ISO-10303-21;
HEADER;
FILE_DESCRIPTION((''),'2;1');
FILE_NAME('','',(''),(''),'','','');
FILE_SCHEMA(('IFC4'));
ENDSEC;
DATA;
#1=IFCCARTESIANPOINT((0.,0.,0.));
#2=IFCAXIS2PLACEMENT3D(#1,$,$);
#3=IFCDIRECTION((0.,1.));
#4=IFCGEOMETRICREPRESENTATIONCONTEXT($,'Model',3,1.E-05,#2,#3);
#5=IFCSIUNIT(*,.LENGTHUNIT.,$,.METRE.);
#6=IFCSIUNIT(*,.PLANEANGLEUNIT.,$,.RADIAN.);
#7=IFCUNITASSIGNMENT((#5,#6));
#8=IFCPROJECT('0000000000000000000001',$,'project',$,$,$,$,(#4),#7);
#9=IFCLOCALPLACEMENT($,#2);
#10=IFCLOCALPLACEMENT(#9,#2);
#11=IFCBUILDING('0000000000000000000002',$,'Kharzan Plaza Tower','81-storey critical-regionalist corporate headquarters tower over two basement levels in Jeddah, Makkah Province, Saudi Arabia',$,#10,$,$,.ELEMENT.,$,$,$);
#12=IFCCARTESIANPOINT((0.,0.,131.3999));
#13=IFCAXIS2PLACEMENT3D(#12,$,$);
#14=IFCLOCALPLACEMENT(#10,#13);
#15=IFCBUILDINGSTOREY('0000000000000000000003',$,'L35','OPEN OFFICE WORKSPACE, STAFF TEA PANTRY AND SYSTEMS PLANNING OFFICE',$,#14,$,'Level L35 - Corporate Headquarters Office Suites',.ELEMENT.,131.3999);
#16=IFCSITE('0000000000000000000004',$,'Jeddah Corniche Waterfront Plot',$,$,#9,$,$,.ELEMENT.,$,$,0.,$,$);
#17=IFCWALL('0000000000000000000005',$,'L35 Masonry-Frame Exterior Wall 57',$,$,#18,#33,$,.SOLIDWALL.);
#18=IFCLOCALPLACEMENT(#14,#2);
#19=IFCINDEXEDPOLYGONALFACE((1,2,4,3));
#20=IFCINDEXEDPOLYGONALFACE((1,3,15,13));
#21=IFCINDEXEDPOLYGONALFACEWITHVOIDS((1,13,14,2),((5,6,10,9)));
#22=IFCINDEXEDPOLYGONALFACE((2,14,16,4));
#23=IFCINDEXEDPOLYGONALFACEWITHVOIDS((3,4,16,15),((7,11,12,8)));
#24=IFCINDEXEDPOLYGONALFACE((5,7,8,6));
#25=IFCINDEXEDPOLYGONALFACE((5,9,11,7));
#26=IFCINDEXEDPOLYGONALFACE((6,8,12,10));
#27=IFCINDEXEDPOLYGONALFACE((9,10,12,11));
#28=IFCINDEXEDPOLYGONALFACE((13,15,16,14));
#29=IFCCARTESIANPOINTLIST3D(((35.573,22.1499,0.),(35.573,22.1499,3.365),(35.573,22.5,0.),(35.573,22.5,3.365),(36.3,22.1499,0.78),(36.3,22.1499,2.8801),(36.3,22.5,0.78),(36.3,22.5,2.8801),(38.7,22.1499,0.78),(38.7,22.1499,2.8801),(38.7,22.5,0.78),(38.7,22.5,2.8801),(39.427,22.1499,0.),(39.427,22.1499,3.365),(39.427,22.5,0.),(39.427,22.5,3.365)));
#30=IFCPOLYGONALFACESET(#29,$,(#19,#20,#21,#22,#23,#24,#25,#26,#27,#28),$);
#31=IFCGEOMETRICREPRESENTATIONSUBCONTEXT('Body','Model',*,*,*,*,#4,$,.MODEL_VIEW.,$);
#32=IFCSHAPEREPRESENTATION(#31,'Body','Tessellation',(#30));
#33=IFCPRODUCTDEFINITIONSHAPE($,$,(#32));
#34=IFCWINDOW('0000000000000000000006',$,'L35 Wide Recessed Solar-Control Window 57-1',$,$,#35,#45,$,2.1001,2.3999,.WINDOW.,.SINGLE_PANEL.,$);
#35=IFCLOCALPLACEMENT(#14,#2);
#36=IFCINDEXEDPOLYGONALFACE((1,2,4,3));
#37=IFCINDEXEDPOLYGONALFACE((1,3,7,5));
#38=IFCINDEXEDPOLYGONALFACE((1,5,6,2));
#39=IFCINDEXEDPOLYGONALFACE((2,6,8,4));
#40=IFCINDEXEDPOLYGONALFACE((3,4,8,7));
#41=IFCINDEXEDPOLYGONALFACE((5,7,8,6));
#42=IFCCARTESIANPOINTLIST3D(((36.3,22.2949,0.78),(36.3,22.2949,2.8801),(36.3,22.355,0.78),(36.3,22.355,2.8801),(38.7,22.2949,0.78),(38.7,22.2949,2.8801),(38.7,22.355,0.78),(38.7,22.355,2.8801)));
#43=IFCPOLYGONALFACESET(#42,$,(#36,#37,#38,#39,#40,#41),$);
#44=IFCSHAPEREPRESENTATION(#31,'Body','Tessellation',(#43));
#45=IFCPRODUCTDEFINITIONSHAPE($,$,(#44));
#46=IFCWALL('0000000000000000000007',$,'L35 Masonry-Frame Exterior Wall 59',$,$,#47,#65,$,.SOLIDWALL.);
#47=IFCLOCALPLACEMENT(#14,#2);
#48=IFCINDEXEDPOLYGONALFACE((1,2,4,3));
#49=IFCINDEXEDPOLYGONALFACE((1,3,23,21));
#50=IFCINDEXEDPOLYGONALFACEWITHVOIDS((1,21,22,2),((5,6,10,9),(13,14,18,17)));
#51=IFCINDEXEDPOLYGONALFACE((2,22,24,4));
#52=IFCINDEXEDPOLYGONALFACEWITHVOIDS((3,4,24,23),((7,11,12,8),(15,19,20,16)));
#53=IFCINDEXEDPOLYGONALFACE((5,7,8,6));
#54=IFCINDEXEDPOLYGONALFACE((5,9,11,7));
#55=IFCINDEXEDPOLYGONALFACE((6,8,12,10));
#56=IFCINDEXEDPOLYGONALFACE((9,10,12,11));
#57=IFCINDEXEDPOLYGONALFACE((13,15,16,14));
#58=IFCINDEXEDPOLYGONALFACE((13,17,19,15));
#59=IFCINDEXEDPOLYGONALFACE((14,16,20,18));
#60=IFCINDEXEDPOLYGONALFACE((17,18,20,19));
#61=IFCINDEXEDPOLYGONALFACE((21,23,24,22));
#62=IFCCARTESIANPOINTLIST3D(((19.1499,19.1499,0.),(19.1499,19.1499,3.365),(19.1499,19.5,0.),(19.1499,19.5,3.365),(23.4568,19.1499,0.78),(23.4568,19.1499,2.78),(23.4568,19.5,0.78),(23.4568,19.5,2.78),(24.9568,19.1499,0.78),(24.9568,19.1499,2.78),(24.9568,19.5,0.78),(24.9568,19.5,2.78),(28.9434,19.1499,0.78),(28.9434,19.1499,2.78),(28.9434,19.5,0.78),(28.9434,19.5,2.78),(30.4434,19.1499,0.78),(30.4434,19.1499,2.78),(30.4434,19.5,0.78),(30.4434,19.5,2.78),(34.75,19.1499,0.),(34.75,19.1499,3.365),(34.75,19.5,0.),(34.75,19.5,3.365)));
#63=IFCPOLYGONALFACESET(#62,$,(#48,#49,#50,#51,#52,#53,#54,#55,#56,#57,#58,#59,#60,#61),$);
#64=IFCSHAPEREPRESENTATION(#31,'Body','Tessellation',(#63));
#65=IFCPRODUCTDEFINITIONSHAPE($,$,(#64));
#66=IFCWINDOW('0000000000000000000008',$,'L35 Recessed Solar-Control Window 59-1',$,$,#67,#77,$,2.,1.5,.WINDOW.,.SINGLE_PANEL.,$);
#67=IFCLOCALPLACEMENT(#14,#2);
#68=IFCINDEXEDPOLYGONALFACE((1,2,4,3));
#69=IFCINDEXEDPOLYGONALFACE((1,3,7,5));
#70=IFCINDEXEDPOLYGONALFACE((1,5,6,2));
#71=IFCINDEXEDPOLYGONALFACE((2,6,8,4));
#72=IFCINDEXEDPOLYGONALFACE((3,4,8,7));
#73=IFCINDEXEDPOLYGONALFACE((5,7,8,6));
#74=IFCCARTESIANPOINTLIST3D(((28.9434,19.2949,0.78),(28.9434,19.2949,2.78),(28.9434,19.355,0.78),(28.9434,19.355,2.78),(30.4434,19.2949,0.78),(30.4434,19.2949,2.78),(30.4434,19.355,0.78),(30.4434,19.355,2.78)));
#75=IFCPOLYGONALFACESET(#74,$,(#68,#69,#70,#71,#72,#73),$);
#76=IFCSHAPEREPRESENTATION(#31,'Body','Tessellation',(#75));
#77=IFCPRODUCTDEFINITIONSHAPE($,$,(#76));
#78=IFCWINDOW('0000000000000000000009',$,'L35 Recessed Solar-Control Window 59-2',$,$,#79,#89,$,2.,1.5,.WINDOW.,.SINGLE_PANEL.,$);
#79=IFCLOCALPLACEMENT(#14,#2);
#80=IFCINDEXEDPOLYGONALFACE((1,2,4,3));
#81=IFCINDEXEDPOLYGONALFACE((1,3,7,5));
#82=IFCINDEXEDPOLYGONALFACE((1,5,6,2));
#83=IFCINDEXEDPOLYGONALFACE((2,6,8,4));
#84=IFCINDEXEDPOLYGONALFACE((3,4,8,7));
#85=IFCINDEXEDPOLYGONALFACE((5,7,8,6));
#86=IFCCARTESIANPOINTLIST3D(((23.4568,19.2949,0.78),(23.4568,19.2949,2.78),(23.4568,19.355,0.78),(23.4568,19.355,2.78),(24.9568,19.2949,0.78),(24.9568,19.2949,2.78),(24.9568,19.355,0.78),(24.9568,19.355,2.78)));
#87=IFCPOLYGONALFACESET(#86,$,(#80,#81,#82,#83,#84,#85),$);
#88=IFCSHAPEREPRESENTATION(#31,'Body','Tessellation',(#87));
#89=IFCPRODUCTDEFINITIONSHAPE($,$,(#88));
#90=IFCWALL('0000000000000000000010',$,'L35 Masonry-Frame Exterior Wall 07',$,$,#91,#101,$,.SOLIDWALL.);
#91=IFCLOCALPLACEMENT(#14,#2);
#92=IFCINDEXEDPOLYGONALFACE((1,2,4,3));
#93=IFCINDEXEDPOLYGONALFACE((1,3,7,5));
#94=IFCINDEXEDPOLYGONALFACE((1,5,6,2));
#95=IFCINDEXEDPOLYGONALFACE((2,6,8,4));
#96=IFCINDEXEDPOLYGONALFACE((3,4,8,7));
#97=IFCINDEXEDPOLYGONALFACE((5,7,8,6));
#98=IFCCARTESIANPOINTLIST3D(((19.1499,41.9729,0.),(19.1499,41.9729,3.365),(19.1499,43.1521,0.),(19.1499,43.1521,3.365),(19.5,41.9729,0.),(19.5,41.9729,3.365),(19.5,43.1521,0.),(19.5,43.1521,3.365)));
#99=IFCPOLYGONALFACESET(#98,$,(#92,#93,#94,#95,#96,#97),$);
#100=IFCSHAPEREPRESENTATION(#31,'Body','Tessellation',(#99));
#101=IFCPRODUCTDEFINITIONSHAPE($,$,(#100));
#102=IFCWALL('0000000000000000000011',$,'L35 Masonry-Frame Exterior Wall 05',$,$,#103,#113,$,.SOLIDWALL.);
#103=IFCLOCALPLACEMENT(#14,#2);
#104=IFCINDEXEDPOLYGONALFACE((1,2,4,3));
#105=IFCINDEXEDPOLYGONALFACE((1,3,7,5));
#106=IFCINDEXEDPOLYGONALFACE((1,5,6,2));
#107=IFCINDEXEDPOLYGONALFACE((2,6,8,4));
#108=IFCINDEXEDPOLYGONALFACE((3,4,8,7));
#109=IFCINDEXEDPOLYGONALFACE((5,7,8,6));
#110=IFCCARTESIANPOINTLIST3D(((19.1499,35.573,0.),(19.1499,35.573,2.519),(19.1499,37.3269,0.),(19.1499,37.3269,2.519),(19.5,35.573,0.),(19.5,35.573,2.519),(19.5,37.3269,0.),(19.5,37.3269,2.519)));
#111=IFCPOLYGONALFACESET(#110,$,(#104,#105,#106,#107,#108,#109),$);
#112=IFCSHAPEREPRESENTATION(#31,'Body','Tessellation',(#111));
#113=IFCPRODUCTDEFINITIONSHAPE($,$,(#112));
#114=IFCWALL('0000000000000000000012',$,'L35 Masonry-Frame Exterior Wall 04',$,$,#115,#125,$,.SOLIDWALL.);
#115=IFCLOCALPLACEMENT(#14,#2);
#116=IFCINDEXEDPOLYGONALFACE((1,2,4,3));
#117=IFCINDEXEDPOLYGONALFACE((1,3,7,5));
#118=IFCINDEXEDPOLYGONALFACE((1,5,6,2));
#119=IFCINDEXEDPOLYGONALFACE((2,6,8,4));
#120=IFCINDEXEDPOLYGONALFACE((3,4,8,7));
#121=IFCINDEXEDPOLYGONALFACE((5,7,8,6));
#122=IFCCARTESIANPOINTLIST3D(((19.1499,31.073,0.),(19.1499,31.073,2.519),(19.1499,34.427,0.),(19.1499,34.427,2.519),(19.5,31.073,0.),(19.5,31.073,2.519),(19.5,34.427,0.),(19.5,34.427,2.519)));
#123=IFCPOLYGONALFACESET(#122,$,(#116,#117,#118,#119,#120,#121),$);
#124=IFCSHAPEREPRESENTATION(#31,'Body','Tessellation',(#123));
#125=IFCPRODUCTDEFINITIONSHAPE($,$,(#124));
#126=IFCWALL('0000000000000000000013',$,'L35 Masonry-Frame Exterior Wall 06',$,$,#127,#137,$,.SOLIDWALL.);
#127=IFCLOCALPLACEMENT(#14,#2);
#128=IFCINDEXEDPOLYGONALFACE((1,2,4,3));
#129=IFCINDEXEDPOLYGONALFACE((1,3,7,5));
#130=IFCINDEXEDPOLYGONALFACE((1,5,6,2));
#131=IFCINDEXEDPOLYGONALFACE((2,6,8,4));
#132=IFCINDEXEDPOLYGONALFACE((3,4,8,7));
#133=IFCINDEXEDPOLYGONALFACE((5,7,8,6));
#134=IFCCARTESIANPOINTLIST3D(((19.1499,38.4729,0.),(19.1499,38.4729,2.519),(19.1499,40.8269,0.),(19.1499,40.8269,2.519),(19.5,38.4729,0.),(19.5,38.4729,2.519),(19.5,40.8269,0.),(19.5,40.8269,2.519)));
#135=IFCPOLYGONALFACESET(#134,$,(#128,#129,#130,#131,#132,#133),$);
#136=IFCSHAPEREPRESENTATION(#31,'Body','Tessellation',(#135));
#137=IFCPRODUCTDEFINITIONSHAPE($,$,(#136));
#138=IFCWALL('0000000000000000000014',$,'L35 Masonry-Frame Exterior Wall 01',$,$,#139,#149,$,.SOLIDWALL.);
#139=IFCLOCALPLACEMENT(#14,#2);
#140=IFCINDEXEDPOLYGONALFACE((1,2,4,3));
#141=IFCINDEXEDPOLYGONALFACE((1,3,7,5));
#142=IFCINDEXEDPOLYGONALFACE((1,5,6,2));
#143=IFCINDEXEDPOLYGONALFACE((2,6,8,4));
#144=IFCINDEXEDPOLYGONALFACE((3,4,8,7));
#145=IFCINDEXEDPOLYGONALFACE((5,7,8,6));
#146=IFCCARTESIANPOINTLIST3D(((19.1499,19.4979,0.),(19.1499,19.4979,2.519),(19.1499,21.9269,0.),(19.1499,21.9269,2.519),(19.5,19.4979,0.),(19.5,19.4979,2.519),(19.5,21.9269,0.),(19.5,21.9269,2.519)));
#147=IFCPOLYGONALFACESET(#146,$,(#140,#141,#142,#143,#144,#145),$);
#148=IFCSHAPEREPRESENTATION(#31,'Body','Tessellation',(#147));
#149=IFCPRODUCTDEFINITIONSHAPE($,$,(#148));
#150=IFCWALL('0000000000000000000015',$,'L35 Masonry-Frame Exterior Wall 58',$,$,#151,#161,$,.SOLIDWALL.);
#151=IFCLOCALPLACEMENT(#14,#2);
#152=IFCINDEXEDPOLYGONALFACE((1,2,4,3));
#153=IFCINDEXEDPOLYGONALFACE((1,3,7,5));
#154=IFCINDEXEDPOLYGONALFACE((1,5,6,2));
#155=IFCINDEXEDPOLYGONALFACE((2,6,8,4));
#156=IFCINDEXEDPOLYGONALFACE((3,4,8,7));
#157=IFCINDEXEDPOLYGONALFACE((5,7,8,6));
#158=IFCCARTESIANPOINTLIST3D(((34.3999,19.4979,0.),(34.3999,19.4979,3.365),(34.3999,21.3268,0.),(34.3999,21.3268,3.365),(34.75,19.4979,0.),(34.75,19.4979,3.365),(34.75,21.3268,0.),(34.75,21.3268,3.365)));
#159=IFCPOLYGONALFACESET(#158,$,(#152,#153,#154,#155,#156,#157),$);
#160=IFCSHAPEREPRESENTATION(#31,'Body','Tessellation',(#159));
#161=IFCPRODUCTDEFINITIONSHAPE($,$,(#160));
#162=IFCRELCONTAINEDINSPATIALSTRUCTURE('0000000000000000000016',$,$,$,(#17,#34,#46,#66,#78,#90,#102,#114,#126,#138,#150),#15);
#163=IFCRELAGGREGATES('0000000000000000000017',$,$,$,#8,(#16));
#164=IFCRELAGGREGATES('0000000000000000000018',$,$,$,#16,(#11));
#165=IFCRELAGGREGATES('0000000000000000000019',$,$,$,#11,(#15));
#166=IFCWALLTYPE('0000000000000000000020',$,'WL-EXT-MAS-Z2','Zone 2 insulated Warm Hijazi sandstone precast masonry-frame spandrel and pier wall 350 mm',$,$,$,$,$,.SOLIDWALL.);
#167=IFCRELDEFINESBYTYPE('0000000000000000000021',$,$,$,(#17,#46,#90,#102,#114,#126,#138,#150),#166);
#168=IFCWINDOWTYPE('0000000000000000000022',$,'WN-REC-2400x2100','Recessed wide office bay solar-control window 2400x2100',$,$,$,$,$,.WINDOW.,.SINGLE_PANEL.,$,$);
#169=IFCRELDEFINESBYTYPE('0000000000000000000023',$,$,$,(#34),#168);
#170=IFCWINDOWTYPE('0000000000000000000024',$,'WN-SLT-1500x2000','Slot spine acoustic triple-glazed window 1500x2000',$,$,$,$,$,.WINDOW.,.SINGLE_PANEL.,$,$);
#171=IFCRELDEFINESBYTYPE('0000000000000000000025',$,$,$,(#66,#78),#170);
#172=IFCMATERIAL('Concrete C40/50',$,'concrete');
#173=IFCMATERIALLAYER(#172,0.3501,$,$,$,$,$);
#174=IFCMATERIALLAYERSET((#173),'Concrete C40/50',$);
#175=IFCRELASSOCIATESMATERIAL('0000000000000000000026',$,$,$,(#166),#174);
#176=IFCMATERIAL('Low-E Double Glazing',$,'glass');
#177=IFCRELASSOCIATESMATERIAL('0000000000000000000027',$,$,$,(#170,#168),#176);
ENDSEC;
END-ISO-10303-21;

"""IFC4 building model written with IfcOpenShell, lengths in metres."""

from ifc_helpers import new_model, si_unit, direction, frame, frame_2d, origin, place, context, subcontext, project, spatial, rectangle, extrude, source, transform, mapped, material, layer, layer_set, type_object, element, fill, save


model = new_model("IFC4")

# Units and contexts
model_context = context("Model", 3, precision=1e-05, world=origin(), true_north=direction((0.0, 1.0)))
body_context = subcontext(model_context, "Body", "Model", "MODEL_VIEW")
ifc_project = project(units=[si_unit("LENGTHUNIT", "METRE"), si_unit("PLANEANGLEUNIT", "RADIAN")], contexts=[model_context])

# Site, building, storey
site_placement = place(None, origin())
site = spatial("IfcSite", under=ifc_project, at=site_placement, Name="Jeddah Corniche Waterfront Plot", CompositionType="ELEMENT", RefElevation=0.0)
building_placement = place(site_placement, origin())
building = spatial("IfcBuilding", under=site, at=building_placement, Name="Kharzan Plaza Tower", Description="81-storey critical-regionalist corporate headquarters tower over two basement levels in Jeddah, Makkah Province, Saudi Arabia", CompositionType="ELEMENT")
storey_placement = place(building_placement, frame((0.0, 0.0, 131.3999)))
storey = spatial("IfcBuildingStorey", under=building, at=storey_placement, Name="L35", Description="OPEN OFFICE WORKSPACE, STAFF TEA PANTRY AND SYSTEMS PLANNING OFFICE", LongName="Level L35 - Corporate Headquarters Office Suites", CompositionType="ELEMENT", Elevation=131.3999)

# Wall, opening, window
ifc_material_1 = material(Name="Concrete C40/50", Category="concrete")
ifc_layer_1 = layer(ifc_material_1, 0.3501)
ifc_layer_set_1 = layer_set([ifc_layer_1], Name="Concrete C40/50")
wall_type_1 = type_object("IfcWallType", Name="WL-EXT-MAS-Z2", Description="Zone 2 insulated Warm Hijazi sandstone precast masonry-frame spandrel and pier wall 350 mm", PredefinedType="SOLIDWALL", material=ifc_layer_set_1)
ifc_material_2 = material(Name="Low-E Double Glazing", Category="glass")
window_type_1 = type_object("IfcWindowType", Name="WN-SLT-1500x2000", Description="Slot spine acoustic triple-glazed window 1500x2000", PartitioningType="SINGLE_PANEL", PredefinedType="WINDOW", material=ifc_material_2)
wall_1_placement = place(storey_placement, frame((39.427, 22.325, 0.0), z_axis=(0.0, 0.0, 1.0), x_axis=(-1.0, 0.0, 0.0)))
wall_1 = element("IfcWall", 1, at=wall_1_placement, inside=storey, type_object=wall_type_1, Name="L35 Masonry-Frame Exterior Wall 57", PredefinedType="SOLIDWALL", context=body_context, shape_type="SweptSolid", body=[
    extrude(rectangle(XDim=3.854, YDim=0.3501, at=frame_2d((1.927, 0.0))), origin(), (0.0, 0.0, 1.0), 3.365),
])
opening_1_placement = place(wall_1_placement, frame((0.7271, 0.0, 0.78)))
opening_1 = element("IfcOpeningElement", 2, at=opening_1_placement, cuts=wall_1, PredefinedType="OPENING", context=body_context, shape_type="SweptSolid", body=[
    extrude(rectangle(XDim=2.3999, YDim=2.1001, at=frame_2d((1.2, 1.05))), frame((0.0, 0.1851, 0.0), z_axis=(0.0, -1.0, 0.0), x_axis=(1.0, 0.0, 0.0)), (0.0, 0.0, 1.0), 0.3701),
])
window_type_2 = type_object("IfcWindowType", Name="WN-REC-2400x2100", Description="Recessed wide office bay solar-control window 2400x2100", PartitioningType="SINGLE_PANEL", PredefinedType="WINDOW", material=ifc_material_2)
shared_shape_1 = source(origin(), body_context, "Body", "SweptSolid", [
    extrude(rectangle(XDim=2.3999, YDim=2.1001, at=frame_2d((1.2, 1.05))), frame((0.0, 0.03, 0.0), z_axis=(0.0, -1.0, 0.0), x_axis=(1.0, 0.0, 0.0)), (0.0, 0.0, 1.0), 0.0601),
])
window_1_placement = place(opening_1_placement, origin())
window_1 = element("IfcWindow", 3, at=window_1_placement, inside=storey, type_object=window_type_2, Name="L35 Wide Recessed Solar-Control Window 57-1", OverallHeight=2.1001, OverallWidth=2.3999, PartitioningType="SINGLE_PANEL", PredefinedType="WINDOW", context=body_context, shape_type="MappedRepresentation", body=[
    mapped(shared_shape_1, transform((0.0, 0.0, 0.0), x_axis=(1.0, 0.0, 0.0), y_axis=(0.0, 1.0, 0.0), z_axis=(0.0, 0.0, 1.0))),
])
fill(opening_1, window_1)

# Wall, openings, windows
wall_2_placement = place(storey_placement, frame((34.75, 19.325, 0.0), z_axis=(0.0, 0.0, 1.0), x_axis=(-1.0, 0.0, 0.0)))
wall_2 = element("IfcWall", 4, at=wall_2_placement, inside=storey, type_object=wall_type_1, Name="L35 Masonry-Frame Exterior Wall 59", PredefinedType="SOLIDWALL", context=body_context, shape_type="SweptSolid", body=[
    extrude(rectangle(XDim=15.6001, YDim=0.3501, at=frame_2d((7.8, 0.0))), origin(), (0.0, 0.0, 1.0), 3.365),
])
opening_2_placement = place(wall_2_placement, frame((4.3066, 0.0, 0.78)))
opening_2 = element("IfcOpeningElement", 5, at=opening_2_placement, cuts=wall_2, PredefinedType="OPENING", context=body_context, shape_type="SweptSolid", body=[
    extrude(rectangle(XDim=1.5, YDim=2.0, at=frame_2d((0.75, 1.0))), frame((0.0, 0.1851, 0.0), z_axis=(0.0, -1.0, 0.0), x_axis=(1.0, 0.0, 0.0)), (0.0, 0.0, 1.0), 0.3701),
])
opening_3_placement = place(wall_2_placement, frame((9.7932, 0.0, 0.78)))
opening_3 = element("IfcOpeningElement", 6, at=opening_3_placement, cuts=wall_2, PredefinedType="OPENING", context=body_context, shape_type="SweptSolid", body=[
    extrude(rectangle(XDim=1.5, YDim=2.0, at=frame_2d((0.75, 1.0))), frame((0.0, 0.1851, 0.0), z_axis=(0.0, -1.0, 0.0), x_axis=(1.0, 0.0, 0.0)), (0.0, 0.0, 1.0), 0.3701),
])
shared_shape_2 = source(origin(), body_context, "Body", "SweptSolid", [
    extrude(rectangle(XDim=1.5, YDim=2.0, at=frame_2d((0.75, 1.0))), frame((0.0, 0.03, 0.0), z_axis=(0.0, -1.0, 0.0), x_axis=(1.0, 0.0, 0.0)), (0.0, 0.0, 1.0), 0.0601),
])
window_2_placement = place(opening_2_placement, origin())
window_2 = element("IfcWindow", 7, at=window_2_placement, inside=storey, type_object=window_type_1, Name="L35 Recessed Solar-Control Window 59-1", OverallHeight=2.0, OverallWidth=1.5, PartitioningType="SINGLE_PANEL", PredefinedType="WINDOW", context=body_context, shape_type="MappedRepresentation", body=[
    mapped(shared_shape_2, transform((0.0, 0.0, 0.0), x_axis=(1.0, 0.0, 0.0), y_axis=(0.0, 1.0, 0.0), z_axis=(0.0, 0.0, 1.0))),
])
fill(opening_2, window_2)
window_3_placement = place(opening_3_placement, origin())
window_3 = element("IfcWindow", 8, at=window_3_placement, inside=storey, type_object=window_type_1, Name="L35 Recessed Solar-Control Window 59-2", OverallHeight=2.0, OverallWidth=1.5, PartitioningType="SINGLE_PANEL", PredefinedType="WINDOW", context=body_context, shape_type="MappedRepresentation", body=[
    mapped(shared_shape_2, transform((0.0, 0.0, 0.0), x_axis=(1.0, 0.0, 0.0), y_axis=(0.0, 1.0, 0.0), z_axis=(0.0, 0.0, 1.0))),
])
fill(opening_3, window_3)

# Walls
shared_shape_3 = source(origin(), body_context, "Body", "SweptSolid", [
    extrude(rectangle(XDim=1.1792, YDim=0.3501, at=frame_2d((0.5896, 0.0))), origin(), (0.0, 0.0, 1.0), 3.365),
])
wall_3_placement = place(storey_placement, frame((19.325, 41.9729, 0.0), z_axis=(0.0, 0.0, 1.0), x_axis=(0.0, 1.0, 0.0)))
element("IfcWall", 9, at=wall_3_placement, inside=storey, type_object=wall_type_1, Name="L35 Masonry-Frame Exterior Wall 07", PredefinedType="SOLIDWALL", context=body_context, shape_type="MappedRepresentation", body=[
    mapped(shared_shape_3, transform((0.0, 0.0, 0.0), x_axis=(1.0, 0.0, 0.0), y_axis=(0.0, 1.0, 0.0), z_axis=(0.0, 0.0, 1.0))),
])
shared_shape_4 = source(origin(), body_context, "Body", "SweptSolid", [
    extrude(rectangle(XDim=1.7539, YDim=0.3501, at=frame_2d((0.877, 0.0))), origin(), (0.0, 0.0, 1.0), 2.519),
])
wall_4_placement = place(storey_placement, frame((19.325, 35.573, 0.0), z_axis=(0.0, 0.0, 1.0), x_axis=(0.0, 1.0, 0.0)))
element("IfcWall", 10, at=wall_4_placement, inside=storey, type_object=wall_type_1, Name="L35 Masonry-Frame Exterior Wall 05", PredefinedType="SOLIDWALL", context=body_context, shape_type="MappedRepresentation", body=[
    mapped(shared_shape_4, transform((0.0, 0.0, 0.0), x_axis=(1.0, 0.0, 0.0), y_axis=(0.0, 1.0, 0.0), z_axis=(0.0, 0.0, 1.0))),
])
shared_shape_5 = source(origin(), body_context, "Body", "SweptSolid", [
    extrude(rectangle(XDim=3.354, YDim=0.3501, at=frame_2d((1.677, 0.0))), origin(), (0.0, 0.0, 1.0), 2.519),
])
wall_5_placement = place(storey_placement, frame((19.325, 31.073, 0.0), z_axis=(0.0, 0.0, 1.0), x_axis=(0.0, 1.0, 0.0)))
element("IfcWall", 11, at=wall_5_placement, inside=storey, type_object=wall_type_1, Name="L35 Masonry-Frame Exterior Wall 04", PredefinedType="SOLIDWALL", context=body_context, shape_type="MappedRepresentation", body=[
    mapped(shared_shape_5, transform((0.0, 0.0, 0.0), x_axis=(1.0, 0.0, 0.0), y_axis=(0.0, 1.0, 0.0), z_axis=(0.0, 0.0, 1.0))),
])
shared_shape_6 = source(origin(), body_context, "Body", "SweptSolid", [
    extrude(rectangle(XDim=2.354, YDim=0.3501, at=frame_2d((1.177, 0.0))), origin(), (0.0, 0.0, 1.0), 2.519),
])
wall_6_placement = place(storey_placement, frame((19.325, 38.4729, 0.0), z_axis=(0.0, 0.0, 1.0), x_axis=(0.0, 1.0, 0.0)))
element("IfcWall", 12, at=wall_6_placement, inside=storey, type_object=wall_type_1, Name="L35 Masonry-Frame Exterior Wall 06", PredefinedType="SOLIDWALL", context=body_context, shape_type="MappedRepresentation", body=[
    mapped(shared_shape_6, transform((0.0, 0.0, 0.0), x_axis=(1.0, 0.0, 0.0), y_axis=(0.0, 1.0, 0.0), z_axis=(0.0, 0.0, 1.0))),
])
shared_shape_7 = source(origin(), body_context, "Body", "SweptSolid", [
    extrude(rectangle(XDim=2.429, YDim=0.3501, at=frame_2d((1.2144, 0.0))), origin(), (0.0, 0.0, 1.0), 2.519),
])
wall_7_placement = place(storey_placement, frame((19.325, 19.498, 0.0), z_axis=(0.0, 0.0, 1.0), x_axis=(0.0, 1.0, 0.0)))
element("IfcWall", 13, at=wall_7_placement, inside=storey, type_object=wall_type_1, Name="L35 Masonry-Frame Exterior Wall 01", PredefinedType="SOLIDWALL", context=body_context, shape_type="MappedRepresentation", body=[
    mapped(shared_shape_7, transform((0.0, 0.0, 0.0), x_axis=(1.0, 0.0, 0.0), y_axis=(0.0, 1.0, 0.0), z_axis=(0.0, 0.0, 1.0))),
])
shared_shape_8 = source(origin(), body_context, "Body", "SweptSolid", [
    extrude(rectangle(XDim=1.8289, YDim=0.3501, at=frame_2d((0.9146, 0.0))), origin(), (0.0, 0.0, 1.0), 3.365),
])
wall_8_placement = place(storey_placement, frame((34.575, 21.3269, 0.0), z_axis=(0.0, 0.0, 1.0), x_axis=(0.0, -1.0, 0.0)))
element("IfcWall", 14, at=wall_8_placement, inside=storey, type_object=wall_type_1, Name="L35 Masonry-Frame Exterior Wall 58", PredefinedType="SOLIDWALL", context=body_context, shape_type="MappedRepresentation", body=[
    mapped(shared_shape_8, transform((0.0, 0.0, 0.0), x_axis=(1.0, 0.0, 0.0), y_axis=(0.0, 1.0, 0.0), z_axis=(0.0, 0.0, 1.0))),
])

save(model, "model.ifc")
